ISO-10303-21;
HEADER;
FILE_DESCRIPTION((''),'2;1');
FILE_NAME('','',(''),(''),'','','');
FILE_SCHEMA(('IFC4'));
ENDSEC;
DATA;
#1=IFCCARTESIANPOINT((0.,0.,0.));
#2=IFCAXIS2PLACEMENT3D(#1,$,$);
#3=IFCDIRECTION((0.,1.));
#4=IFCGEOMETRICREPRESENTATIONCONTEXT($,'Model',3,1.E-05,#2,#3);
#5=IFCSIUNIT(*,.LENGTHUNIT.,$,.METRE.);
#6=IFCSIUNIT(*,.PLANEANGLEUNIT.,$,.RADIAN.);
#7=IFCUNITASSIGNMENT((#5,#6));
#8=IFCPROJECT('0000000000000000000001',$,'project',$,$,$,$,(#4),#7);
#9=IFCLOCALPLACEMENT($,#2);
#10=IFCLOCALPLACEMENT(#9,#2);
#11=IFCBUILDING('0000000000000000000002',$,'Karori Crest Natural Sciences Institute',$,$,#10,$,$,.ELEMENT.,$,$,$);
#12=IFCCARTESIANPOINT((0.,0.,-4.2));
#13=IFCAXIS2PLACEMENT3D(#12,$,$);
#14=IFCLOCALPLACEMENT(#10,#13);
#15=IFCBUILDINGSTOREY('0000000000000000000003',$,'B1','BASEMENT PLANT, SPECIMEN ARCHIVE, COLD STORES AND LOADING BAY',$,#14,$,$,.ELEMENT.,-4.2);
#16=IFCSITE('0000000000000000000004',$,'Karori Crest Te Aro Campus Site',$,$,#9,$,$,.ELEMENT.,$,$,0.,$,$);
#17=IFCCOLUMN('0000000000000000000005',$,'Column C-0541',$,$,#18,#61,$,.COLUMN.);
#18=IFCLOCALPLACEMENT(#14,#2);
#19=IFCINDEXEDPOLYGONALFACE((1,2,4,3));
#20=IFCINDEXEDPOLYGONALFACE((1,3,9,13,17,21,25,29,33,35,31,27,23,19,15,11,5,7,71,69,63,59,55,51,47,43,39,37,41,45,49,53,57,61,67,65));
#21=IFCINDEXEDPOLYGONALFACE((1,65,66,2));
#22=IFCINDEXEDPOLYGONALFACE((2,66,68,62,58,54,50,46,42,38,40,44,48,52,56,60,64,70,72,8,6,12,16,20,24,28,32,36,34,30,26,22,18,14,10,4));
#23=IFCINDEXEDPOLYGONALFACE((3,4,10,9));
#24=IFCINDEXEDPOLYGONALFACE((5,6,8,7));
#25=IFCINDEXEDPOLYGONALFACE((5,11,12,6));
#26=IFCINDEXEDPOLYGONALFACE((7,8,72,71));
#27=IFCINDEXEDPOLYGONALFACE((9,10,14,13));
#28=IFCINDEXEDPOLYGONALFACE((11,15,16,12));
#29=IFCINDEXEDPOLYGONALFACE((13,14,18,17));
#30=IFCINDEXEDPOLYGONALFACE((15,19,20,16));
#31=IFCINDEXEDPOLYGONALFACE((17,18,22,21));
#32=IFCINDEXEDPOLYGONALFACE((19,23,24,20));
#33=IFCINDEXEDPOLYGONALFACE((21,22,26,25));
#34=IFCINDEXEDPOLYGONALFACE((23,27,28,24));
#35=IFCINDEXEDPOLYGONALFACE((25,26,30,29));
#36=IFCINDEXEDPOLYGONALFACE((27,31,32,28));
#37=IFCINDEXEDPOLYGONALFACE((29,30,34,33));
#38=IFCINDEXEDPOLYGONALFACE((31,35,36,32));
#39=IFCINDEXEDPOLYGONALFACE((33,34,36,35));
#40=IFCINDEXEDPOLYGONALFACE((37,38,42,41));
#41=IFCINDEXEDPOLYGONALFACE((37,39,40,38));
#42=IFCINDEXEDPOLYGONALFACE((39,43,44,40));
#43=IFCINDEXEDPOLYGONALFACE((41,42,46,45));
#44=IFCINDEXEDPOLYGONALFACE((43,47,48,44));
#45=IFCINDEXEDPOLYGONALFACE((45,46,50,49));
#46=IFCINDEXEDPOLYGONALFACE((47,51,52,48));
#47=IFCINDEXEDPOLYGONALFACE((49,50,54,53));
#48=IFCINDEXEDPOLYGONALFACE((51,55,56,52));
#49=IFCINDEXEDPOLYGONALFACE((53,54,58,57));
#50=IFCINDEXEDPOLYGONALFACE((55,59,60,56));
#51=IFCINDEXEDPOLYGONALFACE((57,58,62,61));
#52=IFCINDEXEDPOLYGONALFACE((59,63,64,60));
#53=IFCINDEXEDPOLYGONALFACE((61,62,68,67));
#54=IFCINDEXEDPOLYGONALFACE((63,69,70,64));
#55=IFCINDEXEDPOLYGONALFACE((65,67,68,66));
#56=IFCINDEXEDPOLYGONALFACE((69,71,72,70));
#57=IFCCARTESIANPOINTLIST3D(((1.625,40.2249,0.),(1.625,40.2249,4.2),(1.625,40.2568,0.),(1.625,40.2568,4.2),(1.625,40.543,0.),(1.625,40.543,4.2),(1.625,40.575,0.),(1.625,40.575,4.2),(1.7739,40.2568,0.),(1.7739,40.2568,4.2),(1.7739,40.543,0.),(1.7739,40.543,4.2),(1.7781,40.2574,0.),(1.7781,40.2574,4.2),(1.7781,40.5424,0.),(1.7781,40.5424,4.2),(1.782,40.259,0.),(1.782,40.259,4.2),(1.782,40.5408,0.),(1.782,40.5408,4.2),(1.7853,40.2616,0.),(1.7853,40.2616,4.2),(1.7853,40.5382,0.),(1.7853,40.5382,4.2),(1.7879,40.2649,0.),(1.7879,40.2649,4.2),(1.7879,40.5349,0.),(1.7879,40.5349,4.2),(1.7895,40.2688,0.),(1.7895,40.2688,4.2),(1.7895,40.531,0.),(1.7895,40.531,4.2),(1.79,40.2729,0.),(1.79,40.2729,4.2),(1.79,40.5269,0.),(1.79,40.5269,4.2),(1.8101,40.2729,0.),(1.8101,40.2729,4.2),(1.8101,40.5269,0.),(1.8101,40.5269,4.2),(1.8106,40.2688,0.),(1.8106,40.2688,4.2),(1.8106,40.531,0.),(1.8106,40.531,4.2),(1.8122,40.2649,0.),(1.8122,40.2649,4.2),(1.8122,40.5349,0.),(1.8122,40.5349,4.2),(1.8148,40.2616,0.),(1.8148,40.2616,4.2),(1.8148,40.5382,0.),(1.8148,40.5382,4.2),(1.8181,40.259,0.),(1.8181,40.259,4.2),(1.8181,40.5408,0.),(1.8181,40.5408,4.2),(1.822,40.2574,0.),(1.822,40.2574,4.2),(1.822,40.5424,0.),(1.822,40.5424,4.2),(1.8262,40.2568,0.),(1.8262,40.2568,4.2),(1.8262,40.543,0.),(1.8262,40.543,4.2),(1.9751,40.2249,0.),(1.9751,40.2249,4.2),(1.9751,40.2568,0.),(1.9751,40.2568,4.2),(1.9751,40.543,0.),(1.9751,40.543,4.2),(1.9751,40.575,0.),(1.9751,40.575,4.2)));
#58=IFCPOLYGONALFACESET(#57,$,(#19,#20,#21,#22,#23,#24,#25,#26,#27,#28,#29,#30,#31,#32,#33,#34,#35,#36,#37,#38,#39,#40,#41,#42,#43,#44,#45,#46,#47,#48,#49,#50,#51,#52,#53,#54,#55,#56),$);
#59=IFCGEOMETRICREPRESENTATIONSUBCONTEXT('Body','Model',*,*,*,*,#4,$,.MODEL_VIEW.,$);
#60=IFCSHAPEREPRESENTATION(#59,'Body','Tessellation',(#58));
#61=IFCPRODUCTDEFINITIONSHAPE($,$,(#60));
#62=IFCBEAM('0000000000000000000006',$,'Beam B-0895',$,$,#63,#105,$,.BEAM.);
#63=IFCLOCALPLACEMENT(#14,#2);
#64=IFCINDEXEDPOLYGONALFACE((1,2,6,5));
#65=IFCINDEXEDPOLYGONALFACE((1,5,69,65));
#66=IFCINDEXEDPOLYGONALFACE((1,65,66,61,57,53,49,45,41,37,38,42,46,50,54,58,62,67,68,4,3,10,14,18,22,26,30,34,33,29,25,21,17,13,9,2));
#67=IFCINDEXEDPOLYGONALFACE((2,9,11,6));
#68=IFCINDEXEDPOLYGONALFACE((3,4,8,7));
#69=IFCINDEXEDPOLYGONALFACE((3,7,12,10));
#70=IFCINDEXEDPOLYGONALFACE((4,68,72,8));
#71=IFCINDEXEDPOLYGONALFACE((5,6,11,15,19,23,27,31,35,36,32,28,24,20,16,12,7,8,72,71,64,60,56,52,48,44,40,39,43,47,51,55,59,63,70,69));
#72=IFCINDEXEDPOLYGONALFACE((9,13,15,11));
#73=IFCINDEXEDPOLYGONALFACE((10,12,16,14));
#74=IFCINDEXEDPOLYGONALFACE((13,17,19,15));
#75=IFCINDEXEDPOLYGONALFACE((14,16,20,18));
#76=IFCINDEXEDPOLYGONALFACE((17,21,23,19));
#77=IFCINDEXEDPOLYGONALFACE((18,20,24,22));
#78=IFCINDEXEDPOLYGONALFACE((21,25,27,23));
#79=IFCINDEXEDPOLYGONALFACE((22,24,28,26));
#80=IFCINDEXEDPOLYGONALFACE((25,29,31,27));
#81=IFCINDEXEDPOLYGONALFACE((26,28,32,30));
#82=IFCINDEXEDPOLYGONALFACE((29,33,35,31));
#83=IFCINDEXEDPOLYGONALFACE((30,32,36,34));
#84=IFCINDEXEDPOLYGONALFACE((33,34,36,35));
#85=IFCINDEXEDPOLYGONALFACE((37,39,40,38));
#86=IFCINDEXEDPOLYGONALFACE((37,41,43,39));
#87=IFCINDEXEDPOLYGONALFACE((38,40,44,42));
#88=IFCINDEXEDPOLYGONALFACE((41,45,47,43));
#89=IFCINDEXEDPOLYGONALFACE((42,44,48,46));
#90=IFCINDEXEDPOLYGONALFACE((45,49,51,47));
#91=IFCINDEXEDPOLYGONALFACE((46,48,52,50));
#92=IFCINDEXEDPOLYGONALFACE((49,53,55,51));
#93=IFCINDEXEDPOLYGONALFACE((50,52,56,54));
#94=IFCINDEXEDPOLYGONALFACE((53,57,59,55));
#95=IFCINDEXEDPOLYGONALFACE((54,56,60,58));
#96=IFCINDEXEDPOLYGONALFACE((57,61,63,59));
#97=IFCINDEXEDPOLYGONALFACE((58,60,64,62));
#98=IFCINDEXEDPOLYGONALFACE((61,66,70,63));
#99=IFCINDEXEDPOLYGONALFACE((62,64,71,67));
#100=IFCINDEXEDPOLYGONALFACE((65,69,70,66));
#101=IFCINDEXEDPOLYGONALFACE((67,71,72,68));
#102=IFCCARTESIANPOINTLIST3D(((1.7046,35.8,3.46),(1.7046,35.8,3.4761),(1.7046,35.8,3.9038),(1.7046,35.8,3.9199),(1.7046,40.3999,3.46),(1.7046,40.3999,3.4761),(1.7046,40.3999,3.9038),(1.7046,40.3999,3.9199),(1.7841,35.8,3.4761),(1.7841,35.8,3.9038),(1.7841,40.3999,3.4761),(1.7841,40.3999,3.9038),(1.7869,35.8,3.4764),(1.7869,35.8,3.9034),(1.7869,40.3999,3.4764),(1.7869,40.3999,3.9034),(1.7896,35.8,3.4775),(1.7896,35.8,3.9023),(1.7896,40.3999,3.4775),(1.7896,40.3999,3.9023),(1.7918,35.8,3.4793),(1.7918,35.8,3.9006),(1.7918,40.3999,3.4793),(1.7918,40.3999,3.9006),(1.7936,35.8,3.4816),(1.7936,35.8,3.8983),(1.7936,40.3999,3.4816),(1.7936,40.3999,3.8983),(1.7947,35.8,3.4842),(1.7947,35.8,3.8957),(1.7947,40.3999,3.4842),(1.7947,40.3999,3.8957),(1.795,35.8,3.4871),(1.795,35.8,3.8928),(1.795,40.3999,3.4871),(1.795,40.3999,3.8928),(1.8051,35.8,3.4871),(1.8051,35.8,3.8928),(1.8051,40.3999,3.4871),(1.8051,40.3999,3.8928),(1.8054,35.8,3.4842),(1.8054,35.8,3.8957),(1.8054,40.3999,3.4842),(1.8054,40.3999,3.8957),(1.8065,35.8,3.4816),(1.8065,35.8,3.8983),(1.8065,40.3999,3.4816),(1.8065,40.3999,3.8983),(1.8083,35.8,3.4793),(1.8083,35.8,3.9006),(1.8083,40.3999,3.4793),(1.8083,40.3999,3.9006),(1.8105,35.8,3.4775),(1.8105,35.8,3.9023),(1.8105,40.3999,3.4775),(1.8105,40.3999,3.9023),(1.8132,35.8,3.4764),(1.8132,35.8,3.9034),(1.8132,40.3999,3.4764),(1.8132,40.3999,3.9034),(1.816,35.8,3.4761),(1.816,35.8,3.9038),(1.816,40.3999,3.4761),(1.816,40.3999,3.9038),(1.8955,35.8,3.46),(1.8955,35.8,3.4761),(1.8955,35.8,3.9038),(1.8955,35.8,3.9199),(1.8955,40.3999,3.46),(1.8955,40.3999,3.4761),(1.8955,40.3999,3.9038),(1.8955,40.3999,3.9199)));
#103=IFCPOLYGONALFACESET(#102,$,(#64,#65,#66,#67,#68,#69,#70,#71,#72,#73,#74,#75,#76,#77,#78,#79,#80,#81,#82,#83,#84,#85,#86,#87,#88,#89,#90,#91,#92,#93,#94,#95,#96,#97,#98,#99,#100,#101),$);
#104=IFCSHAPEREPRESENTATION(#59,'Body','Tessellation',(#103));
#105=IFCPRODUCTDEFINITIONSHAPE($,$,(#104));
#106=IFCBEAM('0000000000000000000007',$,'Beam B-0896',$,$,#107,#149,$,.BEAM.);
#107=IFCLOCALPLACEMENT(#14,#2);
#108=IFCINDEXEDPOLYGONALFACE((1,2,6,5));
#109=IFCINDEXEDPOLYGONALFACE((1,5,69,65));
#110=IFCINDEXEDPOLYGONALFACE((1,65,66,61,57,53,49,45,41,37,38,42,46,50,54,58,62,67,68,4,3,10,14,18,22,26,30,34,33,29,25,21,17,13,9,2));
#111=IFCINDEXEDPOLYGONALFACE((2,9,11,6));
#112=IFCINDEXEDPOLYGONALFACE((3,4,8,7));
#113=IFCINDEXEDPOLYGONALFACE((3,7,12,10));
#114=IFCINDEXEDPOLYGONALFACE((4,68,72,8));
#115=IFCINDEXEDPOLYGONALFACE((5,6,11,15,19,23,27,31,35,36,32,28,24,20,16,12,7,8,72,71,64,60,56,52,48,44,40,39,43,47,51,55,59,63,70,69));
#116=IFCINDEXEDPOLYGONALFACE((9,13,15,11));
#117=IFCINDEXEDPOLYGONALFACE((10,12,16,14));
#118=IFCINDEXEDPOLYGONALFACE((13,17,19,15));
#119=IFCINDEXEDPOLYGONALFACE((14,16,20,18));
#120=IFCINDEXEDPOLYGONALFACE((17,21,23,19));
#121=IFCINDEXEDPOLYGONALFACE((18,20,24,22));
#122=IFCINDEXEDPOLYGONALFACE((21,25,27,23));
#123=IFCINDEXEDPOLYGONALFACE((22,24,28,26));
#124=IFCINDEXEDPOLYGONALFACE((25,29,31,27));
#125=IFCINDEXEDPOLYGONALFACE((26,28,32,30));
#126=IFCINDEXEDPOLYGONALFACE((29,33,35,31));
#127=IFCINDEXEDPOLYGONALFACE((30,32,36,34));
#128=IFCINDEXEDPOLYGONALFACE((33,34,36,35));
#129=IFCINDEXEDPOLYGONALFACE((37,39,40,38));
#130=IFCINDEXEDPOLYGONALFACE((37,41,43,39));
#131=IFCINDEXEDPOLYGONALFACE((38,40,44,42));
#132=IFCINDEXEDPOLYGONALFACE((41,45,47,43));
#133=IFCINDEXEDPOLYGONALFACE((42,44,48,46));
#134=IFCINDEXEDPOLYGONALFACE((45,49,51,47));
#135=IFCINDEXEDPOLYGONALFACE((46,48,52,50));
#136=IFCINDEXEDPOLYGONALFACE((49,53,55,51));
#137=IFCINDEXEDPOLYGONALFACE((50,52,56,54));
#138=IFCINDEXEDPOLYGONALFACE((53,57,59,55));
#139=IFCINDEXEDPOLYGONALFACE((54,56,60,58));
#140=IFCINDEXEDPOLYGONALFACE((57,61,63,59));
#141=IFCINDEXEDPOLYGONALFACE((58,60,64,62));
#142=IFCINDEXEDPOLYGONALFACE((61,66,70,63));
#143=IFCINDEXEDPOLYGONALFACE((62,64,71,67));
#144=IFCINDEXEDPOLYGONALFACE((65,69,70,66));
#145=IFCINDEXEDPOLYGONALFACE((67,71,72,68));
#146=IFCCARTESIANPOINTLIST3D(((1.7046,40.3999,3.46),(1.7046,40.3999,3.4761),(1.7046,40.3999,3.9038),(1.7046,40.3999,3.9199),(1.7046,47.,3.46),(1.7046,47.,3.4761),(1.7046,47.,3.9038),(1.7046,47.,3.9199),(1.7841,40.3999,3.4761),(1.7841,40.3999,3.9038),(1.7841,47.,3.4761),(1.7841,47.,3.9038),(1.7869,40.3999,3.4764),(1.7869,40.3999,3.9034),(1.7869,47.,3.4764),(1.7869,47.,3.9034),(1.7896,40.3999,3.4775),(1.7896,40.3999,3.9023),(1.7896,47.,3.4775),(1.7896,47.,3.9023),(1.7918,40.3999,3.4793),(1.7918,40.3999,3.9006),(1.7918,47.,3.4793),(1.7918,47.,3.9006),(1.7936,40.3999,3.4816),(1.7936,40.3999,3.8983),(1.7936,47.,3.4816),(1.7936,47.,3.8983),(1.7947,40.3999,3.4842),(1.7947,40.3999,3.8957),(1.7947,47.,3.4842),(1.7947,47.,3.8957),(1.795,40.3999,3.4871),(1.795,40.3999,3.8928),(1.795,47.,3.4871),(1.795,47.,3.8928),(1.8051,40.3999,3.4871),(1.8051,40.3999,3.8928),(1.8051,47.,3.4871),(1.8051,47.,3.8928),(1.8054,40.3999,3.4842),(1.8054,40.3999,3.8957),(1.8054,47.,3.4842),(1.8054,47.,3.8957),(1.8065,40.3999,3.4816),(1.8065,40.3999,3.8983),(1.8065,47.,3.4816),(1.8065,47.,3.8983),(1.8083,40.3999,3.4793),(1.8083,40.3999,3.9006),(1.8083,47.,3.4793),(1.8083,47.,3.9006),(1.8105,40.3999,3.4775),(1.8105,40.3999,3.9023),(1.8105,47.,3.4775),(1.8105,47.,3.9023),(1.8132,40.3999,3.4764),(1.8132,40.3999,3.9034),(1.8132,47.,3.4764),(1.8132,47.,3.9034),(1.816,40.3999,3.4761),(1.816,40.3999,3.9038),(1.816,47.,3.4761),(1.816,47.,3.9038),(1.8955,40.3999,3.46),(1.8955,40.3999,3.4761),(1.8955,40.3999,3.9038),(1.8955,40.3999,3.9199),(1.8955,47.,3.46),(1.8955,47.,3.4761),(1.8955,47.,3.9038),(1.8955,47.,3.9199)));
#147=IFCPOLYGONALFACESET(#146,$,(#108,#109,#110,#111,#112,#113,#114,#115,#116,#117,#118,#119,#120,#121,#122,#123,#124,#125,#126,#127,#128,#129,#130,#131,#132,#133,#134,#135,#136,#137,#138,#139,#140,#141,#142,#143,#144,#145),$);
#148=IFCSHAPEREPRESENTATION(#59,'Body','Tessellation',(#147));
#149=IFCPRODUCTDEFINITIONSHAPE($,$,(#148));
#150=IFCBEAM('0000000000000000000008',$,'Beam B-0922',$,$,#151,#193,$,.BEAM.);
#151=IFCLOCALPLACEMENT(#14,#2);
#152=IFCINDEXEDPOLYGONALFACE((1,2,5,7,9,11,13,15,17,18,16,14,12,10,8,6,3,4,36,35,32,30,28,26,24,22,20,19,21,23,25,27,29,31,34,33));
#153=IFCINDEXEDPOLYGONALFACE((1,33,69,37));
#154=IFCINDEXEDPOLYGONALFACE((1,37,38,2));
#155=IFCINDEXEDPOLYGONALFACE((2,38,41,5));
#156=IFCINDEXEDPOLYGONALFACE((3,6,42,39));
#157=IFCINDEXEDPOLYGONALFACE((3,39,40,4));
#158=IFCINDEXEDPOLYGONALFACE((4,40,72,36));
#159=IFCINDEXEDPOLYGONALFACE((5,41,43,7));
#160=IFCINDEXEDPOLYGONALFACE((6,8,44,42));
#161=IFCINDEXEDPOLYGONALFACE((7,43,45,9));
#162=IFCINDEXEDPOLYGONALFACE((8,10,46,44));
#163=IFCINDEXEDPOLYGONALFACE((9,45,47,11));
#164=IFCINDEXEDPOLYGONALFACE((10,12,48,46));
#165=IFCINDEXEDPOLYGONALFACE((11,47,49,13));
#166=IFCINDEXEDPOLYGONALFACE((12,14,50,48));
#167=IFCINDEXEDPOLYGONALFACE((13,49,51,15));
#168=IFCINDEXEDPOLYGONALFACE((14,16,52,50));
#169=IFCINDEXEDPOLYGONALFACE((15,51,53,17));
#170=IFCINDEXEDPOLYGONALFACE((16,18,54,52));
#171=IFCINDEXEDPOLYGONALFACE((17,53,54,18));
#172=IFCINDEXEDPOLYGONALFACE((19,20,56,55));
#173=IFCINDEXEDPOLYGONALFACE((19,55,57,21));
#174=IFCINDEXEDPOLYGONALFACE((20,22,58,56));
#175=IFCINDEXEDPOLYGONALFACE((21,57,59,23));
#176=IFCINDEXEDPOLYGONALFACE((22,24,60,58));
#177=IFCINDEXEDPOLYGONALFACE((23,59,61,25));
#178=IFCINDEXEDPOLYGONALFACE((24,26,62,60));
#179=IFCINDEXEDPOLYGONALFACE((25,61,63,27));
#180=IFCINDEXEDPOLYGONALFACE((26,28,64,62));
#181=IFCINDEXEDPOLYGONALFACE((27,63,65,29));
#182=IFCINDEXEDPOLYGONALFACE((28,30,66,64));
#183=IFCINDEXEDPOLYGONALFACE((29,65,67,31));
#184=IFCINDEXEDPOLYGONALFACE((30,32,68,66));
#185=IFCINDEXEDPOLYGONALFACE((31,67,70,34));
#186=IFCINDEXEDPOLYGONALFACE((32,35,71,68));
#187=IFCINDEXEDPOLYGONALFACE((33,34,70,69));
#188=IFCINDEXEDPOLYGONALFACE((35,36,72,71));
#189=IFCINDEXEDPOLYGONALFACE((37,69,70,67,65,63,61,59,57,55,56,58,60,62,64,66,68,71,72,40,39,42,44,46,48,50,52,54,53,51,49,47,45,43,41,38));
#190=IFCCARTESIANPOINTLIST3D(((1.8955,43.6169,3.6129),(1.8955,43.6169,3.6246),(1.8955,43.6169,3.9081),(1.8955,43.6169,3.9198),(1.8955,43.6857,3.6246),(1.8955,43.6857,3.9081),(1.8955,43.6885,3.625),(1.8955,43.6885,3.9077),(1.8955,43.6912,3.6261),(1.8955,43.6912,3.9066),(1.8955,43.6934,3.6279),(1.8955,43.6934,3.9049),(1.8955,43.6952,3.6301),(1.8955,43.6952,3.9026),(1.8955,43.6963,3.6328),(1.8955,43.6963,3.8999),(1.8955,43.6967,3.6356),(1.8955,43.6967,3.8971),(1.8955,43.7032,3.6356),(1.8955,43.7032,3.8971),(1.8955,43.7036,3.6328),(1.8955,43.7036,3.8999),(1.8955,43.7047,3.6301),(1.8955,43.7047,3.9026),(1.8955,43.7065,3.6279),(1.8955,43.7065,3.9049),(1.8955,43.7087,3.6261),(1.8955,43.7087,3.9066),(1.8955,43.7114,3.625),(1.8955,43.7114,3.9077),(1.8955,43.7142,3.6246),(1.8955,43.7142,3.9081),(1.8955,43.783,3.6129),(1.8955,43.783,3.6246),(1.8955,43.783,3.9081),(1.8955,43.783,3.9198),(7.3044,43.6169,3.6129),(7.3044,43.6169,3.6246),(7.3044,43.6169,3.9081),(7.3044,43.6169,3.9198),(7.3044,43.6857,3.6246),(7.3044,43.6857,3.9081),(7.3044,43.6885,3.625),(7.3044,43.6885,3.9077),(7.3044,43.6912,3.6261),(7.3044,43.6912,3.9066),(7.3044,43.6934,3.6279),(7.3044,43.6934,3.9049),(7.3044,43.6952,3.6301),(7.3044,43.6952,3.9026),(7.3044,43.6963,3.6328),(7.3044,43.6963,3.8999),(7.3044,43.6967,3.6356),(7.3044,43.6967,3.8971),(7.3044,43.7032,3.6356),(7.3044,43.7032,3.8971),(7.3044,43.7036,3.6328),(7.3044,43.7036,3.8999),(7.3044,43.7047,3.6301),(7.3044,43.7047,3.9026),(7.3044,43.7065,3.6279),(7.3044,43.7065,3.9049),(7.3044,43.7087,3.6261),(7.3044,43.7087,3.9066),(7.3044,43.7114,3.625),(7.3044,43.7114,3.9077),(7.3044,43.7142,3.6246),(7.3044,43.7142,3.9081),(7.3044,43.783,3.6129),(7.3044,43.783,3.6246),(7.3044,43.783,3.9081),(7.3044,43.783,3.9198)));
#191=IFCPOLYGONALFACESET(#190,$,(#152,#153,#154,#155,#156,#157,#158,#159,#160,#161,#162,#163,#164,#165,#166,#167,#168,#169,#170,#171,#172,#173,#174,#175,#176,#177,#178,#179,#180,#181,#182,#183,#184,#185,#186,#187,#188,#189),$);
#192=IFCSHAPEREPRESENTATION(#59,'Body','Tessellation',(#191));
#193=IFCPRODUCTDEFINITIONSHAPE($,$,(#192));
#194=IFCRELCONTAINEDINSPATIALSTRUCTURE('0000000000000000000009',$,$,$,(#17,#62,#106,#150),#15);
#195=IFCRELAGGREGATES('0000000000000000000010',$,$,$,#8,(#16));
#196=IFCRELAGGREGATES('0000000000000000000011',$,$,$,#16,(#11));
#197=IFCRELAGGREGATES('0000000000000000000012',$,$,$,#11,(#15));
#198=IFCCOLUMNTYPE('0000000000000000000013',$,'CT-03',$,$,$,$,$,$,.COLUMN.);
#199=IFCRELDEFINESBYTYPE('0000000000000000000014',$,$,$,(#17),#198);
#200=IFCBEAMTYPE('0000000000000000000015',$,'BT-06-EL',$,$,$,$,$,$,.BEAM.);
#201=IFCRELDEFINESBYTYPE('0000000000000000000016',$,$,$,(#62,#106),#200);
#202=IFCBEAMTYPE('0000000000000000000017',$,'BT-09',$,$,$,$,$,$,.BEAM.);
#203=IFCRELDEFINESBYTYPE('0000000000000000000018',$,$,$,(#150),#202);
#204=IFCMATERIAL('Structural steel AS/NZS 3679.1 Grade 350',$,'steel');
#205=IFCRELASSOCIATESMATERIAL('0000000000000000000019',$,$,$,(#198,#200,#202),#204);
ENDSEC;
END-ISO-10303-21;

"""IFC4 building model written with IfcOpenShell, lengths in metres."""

from ifc_helpers import new_model, si_unit, direction, frame, origin, origin_2d, place, context, subcontext, project, spatial, i_section, extrude, material, material_profile, profile_set, type_object, element, save


model = new_model("IFC4")

# Units and contexts
model_context = context("Model", 3, precision=1e-05, world=origin(), true_north=direction((0.0, 1.0)))
body_context = subcontext(model_context, "Body", "Model", "MODEL_VIEW")
ifc_project = project(units=[si_unit("LENGTHUNIT", "METRE"), si_unit("PLANEANGLEUNIT", "RADIAN")], contexts=[model_context])

# Site, building, storey
site_placement = place(None, origin())
site = spatial("IfcSite", under=ifc_project, at=site_placement, Name="Karori Crest Te Aro Campus Site", CompositionType="ELEMENT", RefElevation=0.0)
building_placement = place(site_placement, origin())
building = spatial("IfcBuilding", under=site, at=building_placement, Name="Karori Crest Natural Sciences Institute", CompositionType="ELEMENT")
storey_placement = place(building_placement, frame((0.0, 0.0, -4.2)))
storey = spatial("IfcBuildingStorey", under=building, at=storey_placement, Name="B1", Description="BASEMENT PLANT, SPECIMEN ARCHIVE, COLD STORES AND LOADING BAY", CompositionType="ELEMENT", Elevation=-4.2)

# Column
ifc_material_1 = material(Name="Structural steel AS/NZS 3679.1 Grade 350", Category="steel")
ifc_material_profile_1 = material_profile(ifc_material_1, i_section(OverallWidth=0.3501, OverallDepth=0.3501, WebThickness=0.02, FlangeThickness=0.032, FilletRadius=0.0161, at=origin_2d()), Name="350WC280")
ifc_profile_set_1 = profile_set([ifc_material_profile_1], Name="Structural steel AS/NZS 3679.1 Grade 350")
column_type = type_object("IfcColumnType", Name="CT-03", PredefinedType="COLUMN", material=ifc_profile_set_1)
for number, where, z_axis, x_axis, name in (
    (1, (1.8, 40.3999, 0.0), (0.0, 0.0, 1.0), (1.0, 0.0, 0.0), "Column C-0541"),
):
    element("IfcColumn", number, at=place(storey_placement, frame(where, z_axis=z_axis, x_axis=x_axis)), inside=storey, type_object=column_type, Name=name, PredefinedType="COLUMN", context=body_context, shape_type="SweptSolid", body=[
        extrude(i_section(OverallWidth=0.3501, OverallDepth=0.3501, WebThickness=0.02, FlangeThickness=0.032, FilletRadius=0.0161, at=origin_2d()), origin(), (0.0, 0.0, 1.0), 4.2),
    ])

# Beams
ifc_material_profile_2 = material_profile(ifc_material_1, i_section(OverallWidth=0.1909, OverallDepth=0.46, WebThickness=0.01, FlangeThickness=0.0161, FilletRadius=0.011, at=origin_2d()), Name="460UB82.1")
ifc_profile_set_2 = profile_set([ifc_material_profile_2], Name="Structural steel AS/NZS 3679.1 Grade 350")
beam_type_1 = type_object("IfcBeamType", Name="BT-06-EL", PredefinedType="BEAM", material=ifc_profile_set_2)
beam_1_placement = place(storey_placement, frame((1.8, 35.8, 3.6899), z_axis=(0.0, 1.0, 0.0), x_axis=(-1.0, 0.0, 0.0)))
element("IfcBeam", 2, at=beam_1_placement, inside=storey, type_object=beam_type_1, Name="Beam B-0895", PredefinedType="BEAM", context=body_context, shape_type="SweptSolid", body=[
    extrude(i_section(OverallWidth=0.1909, OverallDepth=0.46, WebThickness=0.01, FlangeThickness=0.0161, FilletRadius=0.011, at=origin_2d()), origin(), (0.0, 0.0, 1.0), 4.5999),
])
beam_2_placement = place(storey_placement, frame((1.8, 40.3999, 3.6899), z_axis=(0.0, 1.0, 0.0), x_axis=(-1.0, 0.0, 0.0)))
element("IfcBeam", 3, at=beam_2_placement, inside=storey, type_object=beam_type_1, Name="Beam B-0896", PredefinedType="BEAM", context=body_context, shape_type="SweptSolid", body=[
    extrude(i_section(OverallWidth=0.1909, OverallDepth=0.46, WebThickness=0.01, FlangeThickness=0.0161, FilletRadius=0.011, at=origin_2d()), origin(), (0.0, 0.0, 1.0), 6.6001),
])
ifc_material_profile_3 = material_profile(ifc_material_1, i_section(OverallWidth=0.166, OverallDepth=0.3069, WebThickness=0.0066, FlangeThickness=0.0117, FilletRadius=0.011, at=origin_2d()), Name="310UB46.2")
ifc_profile_set_3 = profile_set([ifc_material_profile_3], Name="Structural steel AS/NZS 3679.1 Grade 350")
beam_type_2 = type_object("IfcBeamType", Name="BT-09", PredefinedType="BEAM", material=ifc_profile_set_3)
beam_3_placement = place(storey_placement, frame((1.8955, 43.7, 3.7664), z_axis=(1.0, 0.0, 0.0), x_axis=(0.0, 1.0, 0.0)))
element("IfcBeam", 4, at=beam_3_placement, inside=storey, type_object=beam_type_2, Name="Beam B-0922", PredefinedType="BEAM", context=body_context, shape_type="SweptSolid", body=[
    extrude(i_section(OverallWidth=0.166, OverallDepth=0.3069, WebThickness=0.0066, FlangeThickness=0.0117, FilletRadius=0.011, at=origin_2d()), origin(), (0.0, 0.0, 1.0), 5.4089),
])

save(model, "model.ifc")
